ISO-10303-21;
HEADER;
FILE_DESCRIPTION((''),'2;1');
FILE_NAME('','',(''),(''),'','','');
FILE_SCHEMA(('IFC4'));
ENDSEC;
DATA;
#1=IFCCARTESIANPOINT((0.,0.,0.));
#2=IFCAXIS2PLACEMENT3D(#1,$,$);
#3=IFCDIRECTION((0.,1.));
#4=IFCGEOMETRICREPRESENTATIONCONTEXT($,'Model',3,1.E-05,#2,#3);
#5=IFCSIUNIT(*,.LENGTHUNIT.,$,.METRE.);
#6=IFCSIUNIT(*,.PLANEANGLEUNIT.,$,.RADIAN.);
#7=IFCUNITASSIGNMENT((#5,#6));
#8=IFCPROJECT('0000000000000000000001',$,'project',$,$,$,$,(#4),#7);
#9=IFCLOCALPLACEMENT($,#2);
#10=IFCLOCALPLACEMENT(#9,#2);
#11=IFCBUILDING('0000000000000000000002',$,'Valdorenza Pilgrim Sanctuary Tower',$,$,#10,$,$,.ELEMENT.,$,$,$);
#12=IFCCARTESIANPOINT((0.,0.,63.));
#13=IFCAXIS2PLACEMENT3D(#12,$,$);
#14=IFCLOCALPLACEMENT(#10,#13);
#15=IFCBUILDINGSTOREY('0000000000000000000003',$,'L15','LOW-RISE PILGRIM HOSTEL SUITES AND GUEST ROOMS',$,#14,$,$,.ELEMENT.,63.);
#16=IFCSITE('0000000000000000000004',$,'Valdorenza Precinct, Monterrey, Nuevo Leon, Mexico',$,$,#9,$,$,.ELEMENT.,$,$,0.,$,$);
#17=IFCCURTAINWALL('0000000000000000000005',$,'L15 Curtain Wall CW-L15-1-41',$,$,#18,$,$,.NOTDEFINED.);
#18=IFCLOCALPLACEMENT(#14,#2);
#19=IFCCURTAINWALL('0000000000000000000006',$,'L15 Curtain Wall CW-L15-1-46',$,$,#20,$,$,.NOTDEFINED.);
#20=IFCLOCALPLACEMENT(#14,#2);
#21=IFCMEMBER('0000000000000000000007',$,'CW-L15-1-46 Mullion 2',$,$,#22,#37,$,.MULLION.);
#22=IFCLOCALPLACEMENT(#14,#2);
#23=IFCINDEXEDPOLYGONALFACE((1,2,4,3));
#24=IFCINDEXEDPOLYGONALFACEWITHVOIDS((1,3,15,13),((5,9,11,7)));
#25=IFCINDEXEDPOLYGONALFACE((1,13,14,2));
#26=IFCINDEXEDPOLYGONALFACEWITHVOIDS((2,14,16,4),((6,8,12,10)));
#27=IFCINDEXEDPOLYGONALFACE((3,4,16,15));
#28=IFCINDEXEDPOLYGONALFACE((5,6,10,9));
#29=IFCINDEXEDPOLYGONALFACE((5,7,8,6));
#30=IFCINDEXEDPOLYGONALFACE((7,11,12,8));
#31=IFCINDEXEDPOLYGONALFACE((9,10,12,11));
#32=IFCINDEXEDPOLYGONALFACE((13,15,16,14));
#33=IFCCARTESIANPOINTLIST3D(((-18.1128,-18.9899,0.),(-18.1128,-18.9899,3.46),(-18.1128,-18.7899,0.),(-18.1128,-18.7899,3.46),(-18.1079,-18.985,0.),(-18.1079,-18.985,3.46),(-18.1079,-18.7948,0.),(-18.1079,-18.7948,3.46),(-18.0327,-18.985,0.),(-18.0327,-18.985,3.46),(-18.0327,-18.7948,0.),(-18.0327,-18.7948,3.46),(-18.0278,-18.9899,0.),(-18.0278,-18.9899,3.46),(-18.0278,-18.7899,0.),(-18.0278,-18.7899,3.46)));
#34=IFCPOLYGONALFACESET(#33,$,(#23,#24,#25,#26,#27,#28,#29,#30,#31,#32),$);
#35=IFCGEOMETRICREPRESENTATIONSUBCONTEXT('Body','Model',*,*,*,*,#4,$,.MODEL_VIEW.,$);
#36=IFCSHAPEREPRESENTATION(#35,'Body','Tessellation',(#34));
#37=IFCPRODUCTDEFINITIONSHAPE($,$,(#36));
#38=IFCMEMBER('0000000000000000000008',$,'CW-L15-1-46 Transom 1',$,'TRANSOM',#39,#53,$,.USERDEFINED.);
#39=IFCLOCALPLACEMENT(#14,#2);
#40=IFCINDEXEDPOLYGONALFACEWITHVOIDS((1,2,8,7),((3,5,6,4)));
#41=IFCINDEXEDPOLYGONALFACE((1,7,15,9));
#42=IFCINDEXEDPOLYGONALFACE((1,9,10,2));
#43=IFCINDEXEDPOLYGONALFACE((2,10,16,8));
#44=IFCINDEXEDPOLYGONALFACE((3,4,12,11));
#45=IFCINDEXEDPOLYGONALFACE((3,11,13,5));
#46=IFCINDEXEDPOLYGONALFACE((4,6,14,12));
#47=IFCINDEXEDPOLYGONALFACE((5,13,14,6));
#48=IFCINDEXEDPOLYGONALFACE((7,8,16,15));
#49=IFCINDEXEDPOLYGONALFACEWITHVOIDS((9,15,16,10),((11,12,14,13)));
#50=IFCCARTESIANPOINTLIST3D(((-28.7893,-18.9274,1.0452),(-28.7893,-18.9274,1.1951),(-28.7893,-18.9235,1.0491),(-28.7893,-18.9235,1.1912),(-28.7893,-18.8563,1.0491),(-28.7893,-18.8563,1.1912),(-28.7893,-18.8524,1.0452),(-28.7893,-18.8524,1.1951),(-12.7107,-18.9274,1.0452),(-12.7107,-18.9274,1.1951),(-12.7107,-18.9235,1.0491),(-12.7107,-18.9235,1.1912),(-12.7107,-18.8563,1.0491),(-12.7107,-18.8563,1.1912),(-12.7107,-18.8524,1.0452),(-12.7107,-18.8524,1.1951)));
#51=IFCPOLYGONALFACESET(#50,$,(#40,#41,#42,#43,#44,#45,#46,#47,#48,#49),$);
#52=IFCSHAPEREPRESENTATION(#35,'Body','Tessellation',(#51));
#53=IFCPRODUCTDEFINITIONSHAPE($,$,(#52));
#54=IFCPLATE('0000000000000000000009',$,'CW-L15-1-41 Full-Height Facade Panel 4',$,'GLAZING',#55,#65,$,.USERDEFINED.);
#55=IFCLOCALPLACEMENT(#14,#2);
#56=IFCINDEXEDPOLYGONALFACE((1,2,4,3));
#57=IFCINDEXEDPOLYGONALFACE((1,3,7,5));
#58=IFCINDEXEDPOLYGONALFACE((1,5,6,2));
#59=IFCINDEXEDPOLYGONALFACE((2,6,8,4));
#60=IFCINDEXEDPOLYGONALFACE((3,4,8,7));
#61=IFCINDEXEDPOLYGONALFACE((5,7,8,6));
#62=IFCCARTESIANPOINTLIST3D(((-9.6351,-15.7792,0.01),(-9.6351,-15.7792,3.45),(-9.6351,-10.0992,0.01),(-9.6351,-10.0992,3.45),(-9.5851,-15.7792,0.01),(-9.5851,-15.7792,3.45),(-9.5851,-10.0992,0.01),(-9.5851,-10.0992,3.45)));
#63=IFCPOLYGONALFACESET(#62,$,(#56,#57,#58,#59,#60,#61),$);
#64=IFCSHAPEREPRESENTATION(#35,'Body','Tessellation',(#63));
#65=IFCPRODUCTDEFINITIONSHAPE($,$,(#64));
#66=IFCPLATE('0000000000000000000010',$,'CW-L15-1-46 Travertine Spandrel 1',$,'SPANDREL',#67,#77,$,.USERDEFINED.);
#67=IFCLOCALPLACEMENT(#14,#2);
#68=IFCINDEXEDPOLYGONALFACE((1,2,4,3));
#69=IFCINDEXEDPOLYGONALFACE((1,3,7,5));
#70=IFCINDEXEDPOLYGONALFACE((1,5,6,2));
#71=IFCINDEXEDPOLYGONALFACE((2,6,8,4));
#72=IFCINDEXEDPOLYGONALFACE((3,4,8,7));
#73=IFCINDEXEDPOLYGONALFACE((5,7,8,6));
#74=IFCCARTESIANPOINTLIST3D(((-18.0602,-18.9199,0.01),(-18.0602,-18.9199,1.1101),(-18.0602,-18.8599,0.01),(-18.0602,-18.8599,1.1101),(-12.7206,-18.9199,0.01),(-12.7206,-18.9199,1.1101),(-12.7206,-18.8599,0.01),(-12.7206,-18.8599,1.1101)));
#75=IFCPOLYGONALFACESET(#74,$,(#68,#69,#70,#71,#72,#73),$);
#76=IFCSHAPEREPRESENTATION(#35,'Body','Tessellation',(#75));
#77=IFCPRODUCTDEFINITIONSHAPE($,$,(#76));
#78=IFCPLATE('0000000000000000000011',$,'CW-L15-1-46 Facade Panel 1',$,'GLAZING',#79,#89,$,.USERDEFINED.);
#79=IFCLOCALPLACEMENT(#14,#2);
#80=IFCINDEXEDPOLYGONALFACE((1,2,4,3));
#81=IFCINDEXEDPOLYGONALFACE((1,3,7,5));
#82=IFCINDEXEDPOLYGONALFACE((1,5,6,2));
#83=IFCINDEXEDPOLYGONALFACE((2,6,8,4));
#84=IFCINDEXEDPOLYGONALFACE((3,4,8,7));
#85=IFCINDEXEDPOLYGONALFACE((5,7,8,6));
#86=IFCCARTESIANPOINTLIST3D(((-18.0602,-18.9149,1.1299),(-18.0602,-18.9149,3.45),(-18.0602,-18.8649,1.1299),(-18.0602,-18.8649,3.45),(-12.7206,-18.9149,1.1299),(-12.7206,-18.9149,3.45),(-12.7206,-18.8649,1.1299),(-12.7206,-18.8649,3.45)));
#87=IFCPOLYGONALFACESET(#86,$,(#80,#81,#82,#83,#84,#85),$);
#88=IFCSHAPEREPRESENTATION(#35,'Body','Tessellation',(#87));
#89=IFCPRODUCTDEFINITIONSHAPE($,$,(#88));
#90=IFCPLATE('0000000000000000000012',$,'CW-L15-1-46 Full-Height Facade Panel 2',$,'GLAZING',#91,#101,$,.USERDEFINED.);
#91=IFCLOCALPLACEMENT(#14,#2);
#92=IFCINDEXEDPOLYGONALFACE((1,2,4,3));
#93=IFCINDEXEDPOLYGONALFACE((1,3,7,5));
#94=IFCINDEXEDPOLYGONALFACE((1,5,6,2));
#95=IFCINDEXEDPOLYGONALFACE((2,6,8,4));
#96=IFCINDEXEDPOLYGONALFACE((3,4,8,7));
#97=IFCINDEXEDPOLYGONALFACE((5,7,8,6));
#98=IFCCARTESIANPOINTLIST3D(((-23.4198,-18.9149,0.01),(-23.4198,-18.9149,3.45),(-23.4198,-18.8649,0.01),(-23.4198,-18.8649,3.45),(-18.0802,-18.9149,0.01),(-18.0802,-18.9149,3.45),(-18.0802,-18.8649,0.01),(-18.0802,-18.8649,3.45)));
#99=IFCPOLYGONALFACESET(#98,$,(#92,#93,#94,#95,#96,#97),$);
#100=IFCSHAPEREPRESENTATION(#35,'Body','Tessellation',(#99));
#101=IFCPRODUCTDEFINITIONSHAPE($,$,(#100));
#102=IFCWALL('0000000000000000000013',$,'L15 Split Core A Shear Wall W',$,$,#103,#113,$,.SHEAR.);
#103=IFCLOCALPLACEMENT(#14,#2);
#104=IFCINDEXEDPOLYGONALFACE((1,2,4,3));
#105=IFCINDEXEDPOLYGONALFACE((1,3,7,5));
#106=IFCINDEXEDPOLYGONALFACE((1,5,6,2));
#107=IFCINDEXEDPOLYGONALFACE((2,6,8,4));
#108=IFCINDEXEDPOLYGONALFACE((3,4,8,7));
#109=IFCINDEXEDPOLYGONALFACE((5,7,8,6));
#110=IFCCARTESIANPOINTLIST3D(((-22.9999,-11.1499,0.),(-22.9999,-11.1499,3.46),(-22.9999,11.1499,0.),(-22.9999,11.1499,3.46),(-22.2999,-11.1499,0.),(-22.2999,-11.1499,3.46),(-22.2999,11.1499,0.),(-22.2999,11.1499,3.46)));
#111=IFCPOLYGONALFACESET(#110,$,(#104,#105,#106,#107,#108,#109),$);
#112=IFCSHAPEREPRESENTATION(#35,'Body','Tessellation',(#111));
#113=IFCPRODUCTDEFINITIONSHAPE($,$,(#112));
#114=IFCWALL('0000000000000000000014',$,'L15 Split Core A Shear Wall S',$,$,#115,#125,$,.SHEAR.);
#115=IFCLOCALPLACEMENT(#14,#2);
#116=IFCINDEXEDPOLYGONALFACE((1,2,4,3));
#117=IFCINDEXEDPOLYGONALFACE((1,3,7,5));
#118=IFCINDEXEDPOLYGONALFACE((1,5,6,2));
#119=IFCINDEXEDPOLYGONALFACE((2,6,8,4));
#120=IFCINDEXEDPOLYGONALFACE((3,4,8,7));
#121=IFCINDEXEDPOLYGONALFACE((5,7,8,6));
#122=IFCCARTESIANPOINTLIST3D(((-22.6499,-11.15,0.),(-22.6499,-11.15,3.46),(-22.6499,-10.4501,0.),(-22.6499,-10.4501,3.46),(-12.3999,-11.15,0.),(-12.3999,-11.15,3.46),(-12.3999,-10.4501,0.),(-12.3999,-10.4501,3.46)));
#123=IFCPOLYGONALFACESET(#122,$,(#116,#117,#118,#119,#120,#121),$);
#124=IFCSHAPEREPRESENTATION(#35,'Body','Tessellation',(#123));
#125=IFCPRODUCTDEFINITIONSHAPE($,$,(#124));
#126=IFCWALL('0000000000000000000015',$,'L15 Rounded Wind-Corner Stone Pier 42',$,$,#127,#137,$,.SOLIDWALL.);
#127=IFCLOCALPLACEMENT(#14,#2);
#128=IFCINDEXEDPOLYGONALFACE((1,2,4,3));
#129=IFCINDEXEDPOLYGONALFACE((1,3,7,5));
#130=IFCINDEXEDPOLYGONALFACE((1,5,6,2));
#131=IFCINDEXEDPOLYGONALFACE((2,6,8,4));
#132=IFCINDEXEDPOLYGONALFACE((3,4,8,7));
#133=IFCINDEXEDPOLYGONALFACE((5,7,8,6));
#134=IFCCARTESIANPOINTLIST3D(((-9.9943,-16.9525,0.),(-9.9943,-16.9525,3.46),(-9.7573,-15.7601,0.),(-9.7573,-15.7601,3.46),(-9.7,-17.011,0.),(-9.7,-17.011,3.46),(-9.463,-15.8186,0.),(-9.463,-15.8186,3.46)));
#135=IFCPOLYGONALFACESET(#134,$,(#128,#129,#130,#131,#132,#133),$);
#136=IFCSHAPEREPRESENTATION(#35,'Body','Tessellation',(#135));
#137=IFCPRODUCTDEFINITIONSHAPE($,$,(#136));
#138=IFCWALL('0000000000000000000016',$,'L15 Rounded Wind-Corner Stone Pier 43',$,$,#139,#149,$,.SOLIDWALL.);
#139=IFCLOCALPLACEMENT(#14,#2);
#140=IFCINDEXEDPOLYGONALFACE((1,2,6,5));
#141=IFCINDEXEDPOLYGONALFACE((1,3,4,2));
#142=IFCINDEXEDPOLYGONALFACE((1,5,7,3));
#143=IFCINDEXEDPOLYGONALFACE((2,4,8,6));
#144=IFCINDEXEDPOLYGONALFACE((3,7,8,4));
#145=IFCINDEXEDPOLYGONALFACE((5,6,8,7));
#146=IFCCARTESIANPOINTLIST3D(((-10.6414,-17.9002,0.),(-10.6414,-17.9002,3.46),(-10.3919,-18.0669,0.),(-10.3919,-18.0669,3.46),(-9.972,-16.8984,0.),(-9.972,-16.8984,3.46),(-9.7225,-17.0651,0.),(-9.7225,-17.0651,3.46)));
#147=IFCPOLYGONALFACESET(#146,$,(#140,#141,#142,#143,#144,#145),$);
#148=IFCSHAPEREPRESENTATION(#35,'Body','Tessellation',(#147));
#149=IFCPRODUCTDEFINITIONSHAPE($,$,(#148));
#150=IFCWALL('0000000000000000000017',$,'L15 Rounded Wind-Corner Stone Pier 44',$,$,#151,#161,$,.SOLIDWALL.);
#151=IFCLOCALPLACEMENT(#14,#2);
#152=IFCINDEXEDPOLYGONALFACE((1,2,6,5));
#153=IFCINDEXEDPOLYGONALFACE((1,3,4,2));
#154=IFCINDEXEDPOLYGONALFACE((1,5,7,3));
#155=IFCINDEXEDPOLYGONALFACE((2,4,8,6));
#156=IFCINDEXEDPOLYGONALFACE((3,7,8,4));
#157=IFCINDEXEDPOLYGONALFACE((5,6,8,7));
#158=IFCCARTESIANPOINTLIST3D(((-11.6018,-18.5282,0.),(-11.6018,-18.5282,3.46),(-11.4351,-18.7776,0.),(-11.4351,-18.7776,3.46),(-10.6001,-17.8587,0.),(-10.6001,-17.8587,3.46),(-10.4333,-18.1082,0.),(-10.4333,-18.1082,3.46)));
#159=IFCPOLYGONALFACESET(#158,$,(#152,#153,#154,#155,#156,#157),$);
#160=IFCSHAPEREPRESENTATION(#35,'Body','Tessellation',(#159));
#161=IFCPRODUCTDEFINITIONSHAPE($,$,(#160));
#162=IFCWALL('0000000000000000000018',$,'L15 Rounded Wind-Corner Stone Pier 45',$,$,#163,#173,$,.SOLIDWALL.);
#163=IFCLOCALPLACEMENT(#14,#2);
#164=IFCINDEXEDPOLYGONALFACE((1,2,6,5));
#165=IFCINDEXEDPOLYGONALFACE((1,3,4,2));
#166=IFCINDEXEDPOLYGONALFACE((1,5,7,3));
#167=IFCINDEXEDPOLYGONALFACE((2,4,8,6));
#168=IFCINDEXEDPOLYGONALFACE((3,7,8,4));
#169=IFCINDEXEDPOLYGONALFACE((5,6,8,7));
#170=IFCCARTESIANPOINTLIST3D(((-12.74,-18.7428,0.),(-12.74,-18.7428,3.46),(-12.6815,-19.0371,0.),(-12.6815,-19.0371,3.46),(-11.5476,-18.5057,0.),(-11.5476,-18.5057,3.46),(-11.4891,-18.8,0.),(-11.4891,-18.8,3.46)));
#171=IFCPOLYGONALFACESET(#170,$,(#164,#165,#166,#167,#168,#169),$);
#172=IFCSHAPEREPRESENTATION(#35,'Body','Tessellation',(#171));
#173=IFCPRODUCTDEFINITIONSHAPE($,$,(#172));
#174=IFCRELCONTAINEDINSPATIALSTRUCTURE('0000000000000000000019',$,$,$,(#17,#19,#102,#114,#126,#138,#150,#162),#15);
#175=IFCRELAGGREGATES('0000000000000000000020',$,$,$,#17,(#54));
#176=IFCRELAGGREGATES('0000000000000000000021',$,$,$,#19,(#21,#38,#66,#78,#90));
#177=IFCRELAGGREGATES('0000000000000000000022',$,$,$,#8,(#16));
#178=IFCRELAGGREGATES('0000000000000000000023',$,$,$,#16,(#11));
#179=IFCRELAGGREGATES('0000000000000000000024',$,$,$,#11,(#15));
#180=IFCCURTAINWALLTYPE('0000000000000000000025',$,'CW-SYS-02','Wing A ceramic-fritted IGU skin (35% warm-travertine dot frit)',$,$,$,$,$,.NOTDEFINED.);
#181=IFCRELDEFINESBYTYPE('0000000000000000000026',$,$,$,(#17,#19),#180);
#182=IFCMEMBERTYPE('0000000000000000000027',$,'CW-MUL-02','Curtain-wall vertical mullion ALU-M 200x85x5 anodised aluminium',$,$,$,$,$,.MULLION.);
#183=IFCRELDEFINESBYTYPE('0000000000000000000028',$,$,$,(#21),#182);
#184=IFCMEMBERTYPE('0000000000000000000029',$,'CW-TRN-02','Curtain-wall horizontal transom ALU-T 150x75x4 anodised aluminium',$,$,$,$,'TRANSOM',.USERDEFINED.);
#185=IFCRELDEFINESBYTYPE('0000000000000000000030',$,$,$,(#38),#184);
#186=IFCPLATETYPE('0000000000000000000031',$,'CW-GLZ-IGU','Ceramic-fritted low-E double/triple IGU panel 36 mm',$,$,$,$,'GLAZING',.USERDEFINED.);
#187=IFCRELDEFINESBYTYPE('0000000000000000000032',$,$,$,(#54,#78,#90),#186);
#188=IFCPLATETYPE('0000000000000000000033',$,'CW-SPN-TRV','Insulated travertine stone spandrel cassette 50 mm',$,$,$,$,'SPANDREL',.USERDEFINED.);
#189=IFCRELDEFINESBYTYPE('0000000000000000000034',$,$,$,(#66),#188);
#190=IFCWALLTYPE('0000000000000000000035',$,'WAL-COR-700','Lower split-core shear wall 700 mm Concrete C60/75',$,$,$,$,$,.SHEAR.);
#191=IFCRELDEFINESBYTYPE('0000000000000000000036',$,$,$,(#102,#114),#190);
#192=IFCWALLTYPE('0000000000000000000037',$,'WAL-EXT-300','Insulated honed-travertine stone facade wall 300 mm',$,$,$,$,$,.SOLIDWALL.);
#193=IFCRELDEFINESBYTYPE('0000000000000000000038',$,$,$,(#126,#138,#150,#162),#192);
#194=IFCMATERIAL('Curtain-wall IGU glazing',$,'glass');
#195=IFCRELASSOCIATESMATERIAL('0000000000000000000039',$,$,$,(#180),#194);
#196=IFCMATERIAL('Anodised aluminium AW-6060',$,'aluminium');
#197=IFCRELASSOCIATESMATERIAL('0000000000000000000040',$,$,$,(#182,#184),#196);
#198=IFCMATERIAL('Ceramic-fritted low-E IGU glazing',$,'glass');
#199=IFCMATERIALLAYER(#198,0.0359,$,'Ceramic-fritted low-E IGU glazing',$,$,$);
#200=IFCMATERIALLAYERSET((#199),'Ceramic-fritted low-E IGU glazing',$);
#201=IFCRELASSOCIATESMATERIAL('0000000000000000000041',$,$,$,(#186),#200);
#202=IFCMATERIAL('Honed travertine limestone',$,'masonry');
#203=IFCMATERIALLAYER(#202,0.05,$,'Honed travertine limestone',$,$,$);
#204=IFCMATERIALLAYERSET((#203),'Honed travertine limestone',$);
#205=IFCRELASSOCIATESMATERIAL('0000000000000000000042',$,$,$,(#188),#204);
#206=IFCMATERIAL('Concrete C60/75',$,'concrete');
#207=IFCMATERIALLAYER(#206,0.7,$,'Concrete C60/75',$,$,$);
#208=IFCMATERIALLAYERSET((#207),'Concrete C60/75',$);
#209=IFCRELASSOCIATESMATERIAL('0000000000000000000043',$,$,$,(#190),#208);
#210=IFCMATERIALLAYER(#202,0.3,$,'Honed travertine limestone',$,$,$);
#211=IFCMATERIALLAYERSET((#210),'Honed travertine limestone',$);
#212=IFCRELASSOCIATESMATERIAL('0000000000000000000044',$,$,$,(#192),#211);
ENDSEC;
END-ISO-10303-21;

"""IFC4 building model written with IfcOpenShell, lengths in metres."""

from ifc_helpers import new_model, si_unit, direction, frame, frame_2d, origin, origin_2d, place, context, subcontext, project, spatial, rectangle, hollow_rectangle, extrude, source, transform, mapped, material, layer, layer_set, material_profile, profile_set, type_object, element, aggregate, save


model = new_model("IFC4")

# Units and contexts
model_context = context("Model", 3, precision=1e-05, world=origin(), true_north=direction((0.0, 1.0)))
body_context = subcontext(model_context, "Body", "Model", "MODEL_VIEW")
ifc_project = project(units=[si_unit("LENGTHUNIT", "METRE"), si_unit("PLANEANGLEUNIT", "RADIAN")], contexts=[model_context])

# Site, building, storey
site_placement = place(None, origin())
site = spatial("IfcSite", under=ifc_project, at=site_placement, Name="Valdorenza Precinct, Monterrey, Nuevo Leon, Mexico", CompositionType="ELEMENT", RefElevation=0.0)
building_placement = place(site_placement, origin())
building = spatial("IfcBuilding", under=site, at=building_placement, Name="Valdorenza Pilgrim Sanctuary Tower", CompositionType="ELEMENT")
storey_placement = place(building_placement, frame((0.0, 0.0, 63.0)))
storey = spatial("IfcBuildingStorey", under=building, at=storey_placement, Name="L15", Description="LOW-RISE PILGRIM HOSTEL SUITES AND GUEST ROOMS", CompositionType="ELEMENT", Elevation=63.0)

# Shared definitions
ifc_material_1 = material(Name="Concrete C60/75", Category="concrete")

# Curtain wall
ifc_material_2 = material(Name="Curtain-wall IGU glazing", Category="glass")
curtain_wall_type = type_object("IfcCurtainWallType", Name="CW-SYS-02", Description="Wing A ceramic-fritted IGU skin (35% warm-travertine dot frit)", PredefinedType="NOTDEFINED", material=ifc_material_2)
curtain_wall_1_placement = place(storey_placement, origin())
curtain_wall_1 = element("IfcCurtainWall", 1, at=curtain_wall_1_placement, inside=storey, type_object=curtain_wall_type, Name="L15 Curtain Wall CW-L15-1-41", PredefinedType="NOTDEFINED")
ifc_material_3 = material(Name="Anodised aluminium AW-6060", Category="aluminium")
ifc_material_profile_1 = material_profile(ifc_material_3, hollow_rectangle(XDim=0.085, YDim=0.2, WallThickness=0.0049, at=origin_2d()), Name="ALU-M 200x85x5")
ifc_profile_set_1 = profile_set([ifc_material_profile_1], Name="Anodised aluminium AW-6060")
member_type_1 = type_object("IfcMemberType", Name="CW-MUL-02", Description="Curtain-wall vertical mullion ALU-M 200x85x5 anodised aluminium", PredefinedType="MULLION", material=ifc_profile_set_1)
shared_shape_1 = source(origin(), body_context, "Body", "SweptSolid", [
    extrude(hollow_rectangle(XDim=0.085, YDim=0.2, WallThickness=0.0049, at=origin_2d()), origin(), (0.0, 0.0, 1.0), 3.46),
])

# Curtain wall, members
curtain_wall_2_placement = place(storey_placement, origin())
curtain_wall_2 = element("IfcCurtainWall", 2, at=curtain_wall_2_placement, inside=storey, type_object=curtain_wall_type, Name="L15 Curtain Wall CW-L15-1-46", PredefinedType="NOTDEFINED")
member_1_placement = place(storey_placement, frame((-18.0703, -18.8899, 0.0), z_axis=(0.0, 0.0, 1.0), x_axis=(-1.0, 0.0, 0.0)))
member_1 = element("IfcMember", 3, at=member_1_placement, type_object=member_type_1, Name="CW-L15-1-46 Mullion 2", PredefinedType="MULLION", context=body_context, shape_type="MappedRepresentation", body=[
    mapped(shared_shape_1, transform((0.0, 0.0, 0.0), x_axis=(1.0, 0.0, 0.0), y_axis=(0.0, 1.0, 0.0), z_axis=(0.0, 0.0, 1.0), scale=1.0)),
])
ifc_material_profile_2 = material_profile(ifc_material_3, hollow_rectangle(XDim=0.075, YDim=0.1499, WallThickness=0.0039, at=origin_2d()), Name="ALU-T 150x75x4")
ifc_profile_set_2 = profile_set([ifc_material_profile_2], Name="Anodised aluminium AW-6060")
member_type_2 = type_object("IfcMemberType", Name="CW-TRN-02", Description="Curtain-wall horizontal transom ALU-T 150x75x4 anodised aluminium", ElementType="TRANSOM", PredefinedType="USERDEFINED", material=ifc_profile_set_2)
shared_shape_2 = source(origin(), body_context, "Body", "SweptSolid", [
    extrude(hollow_rectangle(XDim=0.075, YDim=0.1499, WallThickness=0.0039, at=origin_2d()), origin(), (0.0, 0.0, 1.0), 16.0786),
])
member_2_placement = place(storey_placement, frame((-12.7107, -18.8899, 1.1201), z_axis=(-1.0, 0.0, 0.0), x_axis=(0.0, -1.0, 0.0)))
member_2 = element("IfcMember", 4, at=member_2_placement, type_object=member_type_2, Name="CW-L15-1-46 Transom 1", ObjectType="TRANSOM", PredefinedType="USERDEFINED", context=body_context, shape_type="MappedRepresentation", body=[
    mapped(shared_shape_2, transform((0.0, 0.0, 0.0), x_axis=(1.0, 0.0, 0.0), y_axis=(0.0, 1.0, 0.0), z_axis=(0.0, 0.0, 1.0), scale=1.0)),
])

# Plates
ifc_material_4 = material(Name="Ceramic-fritted low-E IGU glazing", Category="glass")
ifc_layer_1 = layer(ifc_material_4, 0.0359, Name="Ceramic-fritted low-E IGU glazing")
ifc_layer_set_1 = layer_set([ifc_layer_1], Name="Ceramic-fritted low-E IGU glazing")
plate_type_1 = type_object("IfcPlateType", Name="CW-GLZ-IGU", Description="Ceramic-fritted low-E double/triple IGU panel 36 mm", ElementType="GLAZING", PredefinedType="USERDEFINED", material=ifc_layer_set_1)
shared_shape_3 = source(origin(), body_context, "Body", "SweptSolid", [
    extrude(rectangle(XDim=5.6799, YDim=0.05, at=origin_2d()), origin(), (0.0, 0.0, 1.0), 3.4399),
])
plate_1_placement = place(storey_placement, frame((-9.6101, -12.9392, 0.01), z_axis=(0.0, 0.0, 1.0), x_axis=(0.0, -1.0, 0.0)))
plate_1 = element("IfcPlate", 5, at=plate_1_placement, type_object=plate_type_1, Name="CW-L15-1-41 Full-Height Facade Panel 4", ObjectType="GLAZING", PredefinedType="USERDEFINED", context=body_context, shape_type="MappedRepresentation", body=[
    mapped(shared_shape_3, transform((0.0, 0.0, 0.0), x_axis=(1.0, 0.0, 0.0), y_axis=(0.0, 1.0, 0.0), z_axis=(0.0, 0.0, 1.0), scale=1.0)),
])
aggregate(curtain_wall_1, [plate_1])
ifc_material_5 = material(Name="Honed travertine limestone", Category="masonry")
ifc_layer_2 = layer(ifc_material_5, 0.05, Name="Honed travertine limestone")
ifc_layer_set_2 = layer_set([ifc_layer_2], Name="Honed travertine limestone")
plate_type_2 = type_object("IfcPlateType", Name="CW-SPN-TRV", Description="Insulated travertine stone spandrel cassette 50 mm", ElementType="SPANDREL", PredefinedType="USERDEFINED", material=ifc_layer_set_2)
shared_shape_4 = source(origin(), body_context, "Body", "SweptSolid", [
    extrude(rectangle(XDim=5.3396, YDim=0.0601, at=origin_2d()), origin(), (0.0, 0.0, 1.0), 1.1001),
])
plate_2_placement = place(storey_placement, frame((-15.3904, -18.8899, 0.01), z_axis=(0.0, 0.0, 1.0), x_axis=(-1.0, 0.0, 0.0)))
plate_2 = element("IfcPlate", 6, at=plate_2_placement, type_object=plate_type_2, Name="CW-L15-1-46 Travertine Spandrel 1", ObjectType="SPANDREL", PredefinedType="USERDEFINED", context=body_context, shape_type="MappedRepresentation", body=[
    mapped(shared_shape_4, transform((0.0, 0.0, 0.0), x_axis=(1.0, 0.0, 0.0), y_axis=(0.0, 1.0, 0.0), z_axis=(0.0, 0.0, 1.0), scale=1.0)),
])
shared_shape_5 = source(origin(), body_context, "Body", "SweptSolid", [
    extrude(rectangle(XDim=5.3396, YDim=0.05, at=origin_2d()), origin(), (0.0, 0.0, 1.0), 2.3201),
])
plate_3_placement = place(storey_placement, frame((-15.3904, -18.8899, 1.1299), z_axis=(0.0, 0.0, 1.0), x_axis=(-1.0, 0.0, 0.0)))
plate_3 = element("IfcPlate", 7, at=plate_3_placement, type_object=plate_type_1, Name="CW-L15-1-46 Facade Panel 1", ObjectType="GLAZING", PredefinedType="USERDEFINED", context=body_context, shape_type="MappedRepresentation", body=[
    mapped(shared_shape_5, transform((0.0, 0.0, 0.0), x_axis=(1.0, 0.0, 0.0), y_axis=(0.0, 1.0, 0.0), z_axis=(0.0, 0.0, 1.0), scale=1.0)),
])
shared_shape_6 = source(origin(), body_context, "Body", "SweptSolid", [
    extrude(rectangle(XDim=5.3396, YDim=0.05, at=origin_2d()), origin(), (0.0, 0.0, 1.0), 3.4399),
])
plate_4_placement = place(storey_placement, frame((-20.75, -18.8899, 0.01), z_axis=(0.0, 0.0, 1.0), x_axis=(-1.0, 0.0, 0.0)))
plate_4 = element("IfcPlate", 8, at=plate_4_placement, type_object=plate_type_1, Name="CW-L15-1-46 Full-Height Facade Panel 2", ObjectType="GLAZING", PredefinedType="USERDEFINED", context=body_context, shape_type="MappedRepresentation", body=[
    mapped(shared_shape_6, transform((0.0, 0.0, 0.0), x_axis=(1.0, 0.0, 0.0), y_axis=(0.0, 1.0, 0.0), z_axis=(0.0, 0.0, 1.0), scale=1.0)),
])
aggregate(curtain_wall_2, [member_1, member_2, plate_2, plate_3, plate_4])

# Walls
ifc_layer_3 = layer(ifc_material_1, 0.7, Name="Concrete C60/75")
ifc_layer_set_3 = layer_set([ifc_layer_3], Name="Concrete C60/75")
wall_type_1 = type_object("IfcWallType", Name="WAL-COR-700", Description="Lower split-core shear wall 700 mm Concrete C60/75", PredefinedType="SHEAR", material=ifc_layer_set_3)
wall_1_placement = place(storey_placement, frame((-22.6499, -11.1499, 0.0), z_axis=(0.0, 0.0, 1.0), x_axis=(0.0, 1.0, 0.0)))
element("IfcWall", 9, at=wall_1_placement, inside=storey, type_object=wall_type_1, Name="L15 Split Core A Shear Wall W", PredefinedType="SHEAR", context=body_context, shape_type="SweptSolid", body=[
    extrude(rectangle(XDim=22.2998, YDim=0.7, at=frame_2d((11.1499, 0.0))), origin(), (0.0, 0.0, 1.0), 3.46),
])
wall_2_placement = place(storey_placement, frame((-22.6499, -10.8, 0.0), z_axis=(0.0, 0.0, 1.0), x_axis=(1.0, 0.0, 0.0)))
element("IfcWall", 10, at=wall_2_placement, inside=storey, type_object=wall_type_1, Name="L15 Split Core A Shear Wall S", PredefinedType="SHEAR", context=body_context, shape_type="SweptSolid", body=[
    extrude(rectangle(XDim=10.25, YDim=0.7, at=frame_2d((5.125, 0.0))), origin(), (0.0, 0.0, 1.0), 3.46),
])
ifc_layer_4 = layer(ifc_material_5, 0.3, Name="Honed travertine limestone")
ifc_layer_set_4 = layer_set([ifc_layer_4], Name="Honed travertine limestone")
wall_type_2 = type_object("IfcWallType", Name="WAL-EXT-300", Description="Insulated honed-travertine stone facade wall 300 mm", PredefinedType="SOLIDWALL", material=ifc_layer_set_4)
wall_3_placement = place(storey_placement, frame((-9.6101, -15.7893, 0.0), z_axis=(0.0, 0.0, 1.0), x_axis=(-0.194996, -0.980804, 0.0)))
element("IfcWall", 11, at=wall_3_placement, inside=storey, type_object=wall_type_2, Name="L15 Rounded Wind-Corner Stone Pier 42", PredefinedType="SOLIDWALL", context=body_context, shape_type="SweptSolid", body=[
    extrude(rectangle(XDim=1.2158, YDim=0.3, at=frame_2d((0.6079, 0.0))), origin(), (0.0, 0.0, 1.0), 3.46),
])
for number, where, z_axis, x_axis, name in (
    (12, (-9.8472, -16.9817, 0.0), (0.0, 0.0, 1.0), (-0.555635, -0.831426, 0.0), "L15 Rounded Wind-Corner Stone Pier 43"),
    (13, (-10.5166, -17.9834, 0.0), (0.0, 0.0, 1.0), (-0.831426, -0.555635, 0.0), "L15 Rounded Wind-Corner Stone Pier 44"),
):
    element("IfcWall", number, at=place(storey_placement, frame(where, z_axis=z_axis, x_axis=x_axis)), inside=storey, type_object=wall_type_2, Name=name, PredefinedType="SOLIDWALL", context=body_context, shape_type="SweptSolid", body=[
        extrude(rectangle(XDim=1.2048, YDim=0.3, at=frame_2d((0.6025, 0.0))), origin(), (0.0, 0.0, 1.0), 3.46),
    ])
wall_4_placement = place(storey_placement, frame((-11.5183, -18.6528, 0.0), z_axis=(0.0, 0.0, 1.0), x_axis=(-0.980804, -0.194996, 0.0)))
element("IfcWall", 14, at=wall_4_placement, inside=storey, type_object=wall_type_2, Name="L15 Rounded Wind-Corner Stone Pier 45", PredefinedType="SOLIDWALL", context=body_context, shape_type="SweptSolid", body=[
    extrude(rectangle(XDim=1.2158, YDim=0.3, at=frame_2d((0.6079, 0.0))), origin(), (0.0, 0.0, 1.0), 3.46),
])

save(model, "model.ifc")
